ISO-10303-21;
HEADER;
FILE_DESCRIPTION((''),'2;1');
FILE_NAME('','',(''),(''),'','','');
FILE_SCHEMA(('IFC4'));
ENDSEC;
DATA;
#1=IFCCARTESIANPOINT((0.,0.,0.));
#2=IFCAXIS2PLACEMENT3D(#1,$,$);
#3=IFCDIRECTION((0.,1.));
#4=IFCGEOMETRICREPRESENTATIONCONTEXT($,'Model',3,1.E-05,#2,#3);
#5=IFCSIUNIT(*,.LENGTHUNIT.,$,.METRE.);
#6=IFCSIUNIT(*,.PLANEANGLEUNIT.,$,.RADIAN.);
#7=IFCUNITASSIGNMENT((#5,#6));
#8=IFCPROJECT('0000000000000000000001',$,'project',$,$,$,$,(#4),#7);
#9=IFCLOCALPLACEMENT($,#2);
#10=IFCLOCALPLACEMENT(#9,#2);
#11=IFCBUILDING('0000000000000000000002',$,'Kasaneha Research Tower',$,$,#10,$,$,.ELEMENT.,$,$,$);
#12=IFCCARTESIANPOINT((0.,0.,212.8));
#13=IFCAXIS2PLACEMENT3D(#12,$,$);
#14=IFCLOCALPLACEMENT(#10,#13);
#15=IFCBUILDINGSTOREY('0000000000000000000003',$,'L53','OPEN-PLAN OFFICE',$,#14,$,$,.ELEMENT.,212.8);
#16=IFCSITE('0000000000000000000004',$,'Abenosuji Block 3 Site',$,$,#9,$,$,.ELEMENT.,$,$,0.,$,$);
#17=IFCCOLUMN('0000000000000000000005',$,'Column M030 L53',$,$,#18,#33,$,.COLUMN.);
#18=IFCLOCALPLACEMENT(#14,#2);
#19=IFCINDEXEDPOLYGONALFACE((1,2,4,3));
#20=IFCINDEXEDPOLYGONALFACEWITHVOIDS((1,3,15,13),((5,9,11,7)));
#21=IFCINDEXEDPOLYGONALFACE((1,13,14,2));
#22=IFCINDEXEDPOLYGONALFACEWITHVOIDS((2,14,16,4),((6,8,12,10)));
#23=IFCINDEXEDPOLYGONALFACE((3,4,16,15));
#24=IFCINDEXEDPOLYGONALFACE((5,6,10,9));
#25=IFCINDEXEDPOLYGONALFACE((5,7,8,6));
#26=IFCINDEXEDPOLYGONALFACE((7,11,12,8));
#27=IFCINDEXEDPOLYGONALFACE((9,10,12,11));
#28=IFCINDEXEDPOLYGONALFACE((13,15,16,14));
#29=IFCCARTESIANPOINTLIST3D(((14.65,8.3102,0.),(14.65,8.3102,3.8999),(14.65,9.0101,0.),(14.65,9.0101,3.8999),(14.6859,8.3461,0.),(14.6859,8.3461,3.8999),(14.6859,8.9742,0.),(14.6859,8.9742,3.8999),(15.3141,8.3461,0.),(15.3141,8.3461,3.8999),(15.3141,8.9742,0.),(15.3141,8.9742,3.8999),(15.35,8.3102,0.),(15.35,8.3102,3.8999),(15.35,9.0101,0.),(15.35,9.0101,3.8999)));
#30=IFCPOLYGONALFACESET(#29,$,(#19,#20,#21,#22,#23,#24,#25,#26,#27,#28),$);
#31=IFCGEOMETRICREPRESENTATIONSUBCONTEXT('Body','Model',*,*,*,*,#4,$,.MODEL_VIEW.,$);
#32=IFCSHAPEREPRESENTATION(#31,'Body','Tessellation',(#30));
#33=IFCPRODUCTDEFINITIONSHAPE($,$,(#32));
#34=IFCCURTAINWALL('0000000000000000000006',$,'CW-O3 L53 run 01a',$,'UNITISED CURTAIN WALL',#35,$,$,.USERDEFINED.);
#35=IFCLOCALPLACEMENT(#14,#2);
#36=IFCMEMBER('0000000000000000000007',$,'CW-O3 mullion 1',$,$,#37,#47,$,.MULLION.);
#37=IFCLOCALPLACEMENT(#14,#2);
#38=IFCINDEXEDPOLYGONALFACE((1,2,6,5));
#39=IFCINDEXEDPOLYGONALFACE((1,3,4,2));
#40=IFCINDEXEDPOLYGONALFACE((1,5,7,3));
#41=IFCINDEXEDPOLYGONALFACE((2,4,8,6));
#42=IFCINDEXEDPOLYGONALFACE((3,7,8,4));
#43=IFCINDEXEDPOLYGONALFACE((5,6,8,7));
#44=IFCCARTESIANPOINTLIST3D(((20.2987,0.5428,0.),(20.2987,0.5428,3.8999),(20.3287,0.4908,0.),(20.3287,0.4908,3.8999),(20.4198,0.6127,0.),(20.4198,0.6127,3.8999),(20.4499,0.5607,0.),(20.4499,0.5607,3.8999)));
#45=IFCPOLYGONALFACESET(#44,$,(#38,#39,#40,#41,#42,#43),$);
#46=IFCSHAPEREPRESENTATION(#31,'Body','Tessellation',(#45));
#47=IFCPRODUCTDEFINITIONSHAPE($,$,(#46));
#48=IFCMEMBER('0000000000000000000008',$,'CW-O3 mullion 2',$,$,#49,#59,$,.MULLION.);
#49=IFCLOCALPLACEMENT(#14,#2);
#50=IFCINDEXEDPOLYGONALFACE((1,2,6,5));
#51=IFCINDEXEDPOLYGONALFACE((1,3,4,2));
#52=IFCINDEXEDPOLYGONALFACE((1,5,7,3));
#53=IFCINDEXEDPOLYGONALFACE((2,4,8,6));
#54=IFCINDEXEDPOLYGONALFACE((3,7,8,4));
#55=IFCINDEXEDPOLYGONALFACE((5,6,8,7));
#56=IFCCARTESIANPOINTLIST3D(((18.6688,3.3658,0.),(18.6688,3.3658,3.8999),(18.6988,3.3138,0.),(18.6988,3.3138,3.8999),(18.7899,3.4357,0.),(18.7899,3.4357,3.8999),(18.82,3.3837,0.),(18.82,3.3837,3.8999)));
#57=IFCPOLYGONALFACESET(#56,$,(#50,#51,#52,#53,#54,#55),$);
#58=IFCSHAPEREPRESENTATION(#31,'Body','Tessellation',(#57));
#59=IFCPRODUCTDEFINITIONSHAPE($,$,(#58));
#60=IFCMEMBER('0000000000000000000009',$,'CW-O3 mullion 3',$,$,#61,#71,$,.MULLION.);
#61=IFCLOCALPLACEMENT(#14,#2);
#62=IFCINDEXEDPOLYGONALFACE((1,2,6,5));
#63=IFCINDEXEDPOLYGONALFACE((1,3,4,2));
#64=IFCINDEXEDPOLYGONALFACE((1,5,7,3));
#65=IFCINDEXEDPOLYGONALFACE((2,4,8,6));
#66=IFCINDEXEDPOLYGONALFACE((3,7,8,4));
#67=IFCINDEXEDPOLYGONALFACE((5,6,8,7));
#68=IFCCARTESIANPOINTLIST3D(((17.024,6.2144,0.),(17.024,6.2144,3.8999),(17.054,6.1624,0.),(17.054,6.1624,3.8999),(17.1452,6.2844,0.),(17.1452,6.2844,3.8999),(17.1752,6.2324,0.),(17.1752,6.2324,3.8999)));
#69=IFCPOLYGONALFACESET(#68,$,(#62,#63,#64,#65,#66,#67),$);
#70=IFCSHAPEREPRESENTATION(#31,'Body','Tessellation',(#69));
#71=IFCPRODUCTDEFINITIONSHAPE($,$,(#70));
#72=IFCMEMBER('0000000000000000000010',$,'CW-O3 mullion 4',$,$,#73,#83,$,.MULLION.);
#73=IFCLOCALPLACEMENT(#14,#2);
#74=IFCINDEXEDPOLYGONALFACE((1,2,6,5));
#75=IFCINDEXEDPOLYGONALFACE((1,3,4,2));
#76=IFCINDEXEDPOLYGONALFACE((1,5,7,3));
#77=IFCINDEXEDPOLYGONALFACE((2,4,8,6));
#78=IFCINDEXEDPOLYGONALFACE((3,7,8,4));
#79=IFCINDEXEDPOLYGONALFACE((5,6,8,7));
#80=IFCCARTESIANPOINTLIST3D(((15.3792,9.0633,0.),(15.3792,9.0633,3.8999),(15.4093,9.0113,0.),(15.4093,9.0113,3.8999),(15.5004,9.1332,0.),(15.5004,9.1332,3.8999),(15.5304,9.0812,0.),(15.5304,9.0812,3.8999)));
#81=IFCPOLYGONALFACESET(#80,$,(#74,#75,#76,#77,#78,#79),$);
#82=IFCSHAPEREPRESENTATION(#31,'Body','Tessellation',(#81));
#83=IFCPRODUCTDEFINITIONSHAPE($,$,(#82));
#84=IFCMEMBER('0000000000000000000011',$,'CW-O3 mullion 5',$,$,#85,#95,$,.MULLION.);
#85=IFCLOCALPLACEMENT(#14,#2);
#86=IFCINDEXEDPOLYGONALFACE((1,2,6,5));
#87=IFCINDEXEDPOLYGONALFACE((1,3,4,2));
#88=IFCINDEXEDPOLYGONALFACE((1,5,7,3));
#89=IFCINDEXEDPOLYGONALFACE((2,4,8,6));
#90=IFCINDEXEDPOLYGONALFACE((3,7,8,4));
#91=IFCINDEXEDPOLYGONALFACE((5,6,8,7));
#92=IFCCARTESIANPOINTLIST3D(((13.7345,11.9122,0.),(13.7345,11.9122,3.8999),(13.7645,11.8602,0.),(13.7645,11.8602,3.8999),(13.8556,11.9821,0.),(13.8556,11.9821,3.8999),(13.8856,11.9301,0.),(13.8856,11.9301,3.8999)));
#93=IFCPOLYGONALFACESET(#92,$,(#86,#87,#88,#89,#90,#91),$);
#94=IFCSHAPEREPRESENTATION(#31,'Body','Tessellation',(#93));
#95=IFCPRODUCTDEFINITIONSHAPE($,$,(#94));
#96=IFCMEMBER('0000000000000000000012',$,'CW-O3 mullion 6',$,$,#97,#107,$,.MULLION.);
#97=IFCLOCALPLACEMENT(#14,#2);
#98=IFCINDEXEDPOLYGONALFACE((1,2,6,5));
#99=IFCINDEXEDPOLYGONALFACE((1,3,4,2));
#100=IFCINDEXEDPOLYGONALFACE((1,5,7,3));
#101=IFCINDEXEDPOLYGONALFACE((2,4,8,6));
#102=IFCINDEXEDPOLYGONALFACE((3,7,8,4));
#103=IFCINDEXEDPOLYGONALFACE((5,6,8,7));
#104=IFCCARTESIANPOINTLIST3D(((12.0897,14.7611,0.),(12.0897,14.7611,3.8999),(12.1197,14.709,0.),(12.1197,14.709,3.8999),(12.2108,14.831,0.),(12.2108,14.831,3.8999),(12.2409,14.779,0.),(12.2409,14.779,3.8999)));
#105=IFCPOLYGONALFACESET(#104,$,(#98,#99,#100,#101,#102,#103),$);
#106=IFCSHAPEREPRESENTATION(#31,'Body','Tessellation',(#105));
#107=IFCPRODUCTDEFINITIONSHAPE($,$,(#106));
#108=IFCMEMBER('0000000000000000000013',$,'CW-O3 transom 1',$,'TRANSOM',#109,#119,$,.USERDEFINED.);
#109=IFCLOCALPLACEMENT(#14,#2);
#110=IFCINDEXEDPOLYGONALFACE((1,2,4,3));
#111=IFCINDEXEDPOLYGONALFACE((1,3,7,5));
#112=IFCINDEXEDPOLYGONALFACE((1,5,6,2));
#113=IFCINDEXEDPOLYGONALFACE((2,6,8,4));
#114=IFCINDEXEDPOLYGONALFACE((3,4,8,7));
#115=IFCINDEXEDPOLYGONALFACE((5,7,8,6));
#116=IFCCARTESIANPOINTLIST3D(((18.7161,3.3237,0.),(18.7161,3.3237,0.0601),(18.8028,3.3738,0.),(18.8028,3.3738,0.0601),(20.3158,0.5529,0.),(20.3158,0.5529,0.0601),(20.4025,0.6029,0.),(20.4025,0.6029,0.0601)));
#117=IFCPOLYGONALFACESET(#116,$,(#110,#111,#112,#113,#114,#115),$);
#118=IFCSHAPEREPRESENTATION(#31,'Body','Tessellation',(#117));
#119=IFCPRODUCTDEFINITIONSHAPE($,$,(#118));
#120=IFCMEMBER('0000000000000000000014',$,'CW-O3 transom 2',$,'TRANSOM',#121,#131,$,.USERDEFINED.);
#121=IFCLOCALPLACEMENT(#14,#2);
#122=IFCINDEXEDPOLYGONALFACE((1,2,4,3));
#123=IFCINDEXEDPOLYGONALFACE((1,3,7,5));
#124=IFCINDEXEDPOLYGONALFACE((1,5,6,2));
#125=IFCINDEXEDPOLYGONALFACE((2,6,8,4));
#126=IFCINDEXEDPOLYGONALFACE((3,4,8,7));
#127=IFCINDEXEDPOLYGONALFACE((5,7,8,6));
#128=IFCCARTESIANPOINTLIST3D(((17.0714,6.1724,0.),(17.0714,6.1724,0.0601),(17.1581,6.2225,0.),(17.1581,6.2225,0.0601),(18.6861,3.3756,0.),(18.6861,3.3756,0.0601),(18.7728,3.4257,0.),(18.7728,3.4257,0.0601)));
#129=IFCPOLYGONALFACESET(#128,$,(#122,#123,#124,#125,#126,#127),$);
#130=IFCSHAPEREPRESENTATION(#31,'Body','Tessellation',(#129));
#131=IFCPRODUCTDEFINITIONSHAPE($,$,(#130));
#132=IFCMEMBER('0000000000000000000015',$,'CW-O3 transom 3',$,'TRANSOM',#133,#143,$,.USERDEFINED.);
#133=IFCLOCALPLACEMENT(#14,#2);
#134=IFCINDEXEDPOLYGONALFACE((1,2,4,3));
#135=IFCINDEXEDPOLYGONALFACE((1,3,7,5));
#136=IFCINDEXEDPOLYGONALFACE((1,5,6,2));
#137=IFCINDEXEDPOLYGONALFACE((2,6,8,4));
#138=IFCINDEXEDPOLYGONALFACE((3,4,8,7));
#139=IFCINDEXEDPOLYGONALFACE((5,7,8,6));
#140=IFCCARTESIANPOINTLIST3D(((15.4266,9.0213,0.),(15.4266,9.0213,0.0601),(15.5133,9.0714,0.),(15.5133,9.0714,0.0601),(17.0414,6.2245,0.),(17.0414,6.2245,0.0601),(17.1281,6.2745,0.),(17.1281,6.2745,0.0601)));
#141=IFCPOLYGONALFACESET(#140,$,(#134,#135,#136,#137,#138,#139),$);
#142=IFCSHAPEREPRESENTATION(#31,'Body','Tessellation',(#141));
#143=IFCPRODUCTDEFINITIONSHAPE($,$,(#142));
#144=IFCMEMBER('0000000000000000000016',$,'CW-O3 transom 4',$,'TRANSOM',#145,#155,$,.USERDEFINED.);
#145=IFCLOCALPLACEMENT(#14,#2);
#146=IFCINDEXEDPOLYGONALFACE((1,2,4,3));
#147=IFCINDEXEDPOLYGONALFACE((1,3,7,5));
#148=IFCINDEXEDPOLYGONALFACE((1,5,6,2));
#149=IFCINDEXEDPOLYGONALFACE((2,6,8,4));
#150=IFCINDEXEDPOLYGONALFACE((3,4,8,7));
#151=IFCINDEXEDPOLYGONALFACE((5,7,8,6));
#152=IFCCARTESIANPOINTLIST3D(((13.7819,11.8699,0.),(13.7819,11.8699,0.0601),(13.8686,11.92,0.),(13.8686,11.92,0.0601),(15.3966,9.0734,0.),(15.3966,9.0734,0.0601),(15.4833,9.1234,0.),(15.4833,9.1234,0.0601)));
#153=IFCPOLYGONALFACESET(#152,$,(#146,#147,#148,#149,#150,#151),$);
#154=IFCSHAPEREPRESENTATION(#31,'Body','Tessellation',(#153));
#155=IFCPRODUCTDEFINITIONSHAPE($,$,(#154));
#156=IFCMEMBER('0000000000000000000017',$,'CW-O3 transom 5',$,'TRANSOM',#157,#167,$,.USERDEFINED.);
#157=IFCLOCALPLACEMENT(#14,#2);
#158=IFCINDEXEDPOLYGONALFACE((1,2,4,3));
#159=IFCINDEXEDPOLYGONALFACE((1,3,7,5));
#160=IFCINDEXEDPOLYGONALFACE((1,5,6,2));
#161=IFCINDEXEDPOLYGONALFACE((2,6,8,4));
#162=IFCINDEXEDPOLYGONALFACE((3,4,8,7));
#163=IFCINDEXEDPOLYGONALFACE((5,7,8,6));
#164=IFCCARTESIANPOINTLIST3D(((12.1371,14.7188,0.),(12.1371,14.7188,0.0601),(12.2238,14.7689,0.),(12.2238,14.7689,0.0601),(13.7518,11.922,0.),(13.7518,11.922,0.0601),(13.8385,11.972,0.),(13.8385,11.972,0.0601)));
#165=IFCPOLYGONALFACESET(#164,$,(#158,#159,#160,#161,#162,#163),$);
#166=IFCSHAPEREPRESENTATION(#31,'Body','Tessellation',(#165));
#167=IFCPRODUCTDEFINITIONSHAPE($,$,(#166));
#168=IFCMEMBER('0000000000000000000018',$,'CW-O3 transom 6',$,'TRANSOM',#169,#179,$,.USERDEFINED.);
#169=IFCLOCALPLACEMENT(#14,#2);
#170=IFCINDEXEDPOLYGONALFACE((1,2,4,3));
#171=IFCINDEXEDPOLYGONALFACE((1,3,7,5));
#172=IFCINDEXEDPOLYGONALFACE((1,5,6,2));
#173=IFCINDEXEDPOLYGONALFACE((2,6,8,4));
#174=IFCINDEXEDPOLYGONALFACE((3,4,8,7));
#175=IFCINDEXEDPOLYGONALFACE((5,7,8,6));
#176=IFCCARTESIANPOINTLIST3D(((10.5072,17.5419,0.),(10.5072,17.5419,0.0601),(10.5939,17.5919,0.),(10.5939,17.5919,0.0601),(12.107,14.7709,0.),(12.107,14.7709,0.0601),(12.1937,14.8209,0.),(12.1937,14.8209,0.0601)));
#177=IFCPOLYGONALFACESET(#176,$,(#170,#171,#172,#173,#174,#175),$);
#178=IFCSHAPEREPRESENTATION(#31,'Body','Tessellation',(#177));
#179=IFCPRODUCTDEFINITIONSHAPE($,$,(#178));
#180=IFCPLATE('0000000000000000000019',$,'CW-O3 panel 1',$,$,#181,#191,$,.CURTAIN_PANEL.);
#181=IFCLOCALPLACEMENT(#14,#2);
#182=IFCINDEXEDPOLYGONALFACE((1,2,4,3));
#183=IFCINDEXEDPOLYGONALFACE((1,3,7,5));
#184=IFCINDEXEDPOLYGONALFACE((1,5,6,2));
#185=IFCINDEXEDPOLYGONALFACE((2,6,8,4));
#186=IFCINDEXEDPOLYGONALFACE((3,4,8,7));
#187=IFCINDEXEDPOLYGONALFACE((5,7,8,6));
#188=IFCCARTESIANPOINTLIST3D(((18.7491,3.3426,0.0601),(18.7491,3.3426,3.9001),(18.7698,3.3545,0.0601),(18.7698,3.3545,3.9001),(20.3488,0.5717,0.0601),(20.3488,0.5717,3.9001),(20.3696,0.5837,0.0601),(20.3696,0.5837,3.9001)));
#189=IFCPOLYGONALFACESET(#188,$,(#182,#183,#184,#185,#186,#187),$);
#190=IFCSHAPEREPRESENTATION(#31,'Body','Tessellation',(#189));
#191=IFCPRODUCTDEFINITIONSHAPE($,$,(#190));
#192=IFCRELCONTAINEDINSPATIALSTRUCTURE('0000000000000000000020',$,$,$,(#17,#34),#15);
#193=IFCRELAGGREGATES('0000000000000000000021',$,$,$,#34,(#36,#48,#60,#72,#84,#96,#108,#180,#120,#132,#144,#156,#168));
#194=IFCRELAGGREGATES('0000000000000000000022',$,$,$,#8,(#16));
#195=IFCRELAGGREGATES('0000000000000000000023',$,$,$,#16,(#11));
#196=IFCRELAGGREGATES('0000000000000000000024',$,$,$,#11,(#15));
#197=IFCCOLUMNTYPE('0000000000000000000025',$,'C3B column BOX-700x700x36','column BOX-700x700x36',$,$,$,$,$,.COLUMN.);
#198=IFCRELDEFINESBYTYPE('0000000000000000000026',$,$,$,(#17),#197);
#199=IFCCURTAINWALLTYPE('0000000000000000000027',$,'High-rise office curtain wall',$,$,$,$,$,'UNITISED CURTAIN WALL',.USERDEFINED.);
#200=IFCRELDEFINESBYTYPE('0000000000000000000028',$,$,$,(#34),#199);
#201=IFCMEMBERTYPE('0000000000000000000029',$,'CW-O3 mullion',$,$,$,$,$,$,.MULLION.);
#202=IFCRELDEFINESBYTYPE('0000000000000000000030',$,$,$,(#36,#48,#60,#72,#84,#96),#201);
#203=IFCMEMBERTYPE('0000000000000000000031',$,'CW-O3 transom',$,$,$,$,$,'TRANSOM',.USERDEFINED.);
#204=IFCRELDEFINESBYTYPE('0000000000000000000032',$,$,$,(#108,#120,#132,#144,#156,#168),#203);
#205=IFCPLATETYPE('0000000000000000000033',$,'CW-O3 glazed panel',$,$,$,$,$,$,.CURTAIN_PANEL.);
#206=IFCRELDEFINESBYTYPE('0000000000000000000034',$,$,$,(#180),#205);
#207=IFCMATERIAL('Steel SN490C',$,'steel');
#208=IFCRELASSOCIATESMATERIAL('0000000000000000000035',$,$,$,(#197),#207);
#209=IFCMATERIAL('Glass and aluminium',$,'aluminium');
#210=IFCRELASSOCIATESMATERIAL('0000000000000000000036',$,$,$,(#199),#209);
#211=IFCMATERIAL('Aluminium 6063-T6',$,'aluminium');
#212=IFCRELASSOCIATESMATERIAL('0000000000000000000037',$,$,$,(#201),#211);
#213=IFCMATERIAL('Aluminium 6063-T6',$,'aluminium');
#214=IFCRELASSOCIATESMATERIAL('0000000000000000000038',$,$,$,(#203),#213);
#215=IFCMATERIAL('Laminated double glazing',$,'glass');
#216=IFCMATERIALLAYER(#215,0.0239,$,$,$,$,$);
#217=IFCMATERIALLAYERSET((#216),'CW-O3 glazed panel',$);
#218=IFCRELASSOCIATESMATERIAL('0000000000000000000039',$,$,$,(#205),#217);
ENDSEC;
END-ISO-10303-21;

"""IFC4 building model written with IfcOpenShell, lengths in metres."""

from ifc_helpers import new_model, si_unit, direction, frame, origin, origin_2d, place, context, subcontext, project, spatial, rectangle, hollow_rectangle, extrude, material, layer, layer_set, material_profile, profile_set, type_object, element, aggregate, save


model = new_model("IFC4")

# Units and contexts
model_context = context("Model", 3, precision=1e-05, world=origin(), true_north=direction((0.0, 1.0)))
body_context = subcontext(model_context, "Body", "Model", "MODEL_VIEW")
ifc_project = project(units=[si_unit("LENGTHUNIT", "METRE"), si_unit("PLANEANGLEUNIT", "RADIAN")], contexts=[model_context])

# Site, building, storey
site_placement = place(None, origin())
site = spatial("IfcSite", under=ifc_project, at=site_placement, Name="Abenosuji Block 3 Site", CompositionType="ELEMENT", RefElevation=0.0)
building_placement = place(site_placement, origin())
building = spatial("IfcBuilding", under=site, at=building_placement, Name="Kasaneha Research Tower", CompositionType="ELEMENT")
storey_placement = place(building_placement, frame((0.0, 0.0, 212.8)))
storey = spatial("IfcBuildingStorey", under=building, at=storey_placement, Name="L53", Description="OPEN-PLAN OFFICE", CompositionType="ELEMENT", Elevation=212.8)

# Column
ifc_material_1 = material(Name="Steel SN490C", Category="steel")
ifc_material_profile_1 = material_profile(ifc_material_1, hollow_rectangle(XDim=0.7, YDim=0.7, WallThickness=0.0359, at=origin_2d()), Name="BOX-700x700x36")
ifc_profile_set_1 = profile_set([ifc_material_profile_1], Name="Steel SN490C")
column_type = type_object("IfcColumnType", Name="C3B column BOX-700x700x36", Description="column BOX-700x700x36", PredefinedType="COLUMN", material=ifc_profile_set_1)
column_placement = place(storey_placement, frame((15.0, 8.6602, 0.0), z_axis=(0.0, 0.0, 1.0), x_axis=(1.0, 0.0, 0.0)))
element("IfcColumn", 1, at=column_placement, inside=storey, type_object=column_type, Name="Column M030 L53", PredefinedType="COLUMN", context=body_context, shape_type="SweptSolid", body=[
    extrude(hollow_rectangle(XDim=0.7, YDim=0.7, WallThickness=0.0359, at=origin_2d()), origin(), (0.0, 0.0, 1.0), 3.8999),
])

# Curtain wall, members, plate
ifc_material_2 = material(Name="Glass and aluminium", Category="aluminium")
curtain_wall_type = type_object("IfcCurtainWallType", Name="High-rise office curtain wall", ElementType="UNITISED CURTAIN WALL", PredefinedType="USERDEFINED", material=ifc_material_2)
curtain_wall_placement = place(storey_placement, origin())
curtain_wall = element("IfcCurtainWall", 2, at=curtain_wall_placement, inside=storey, type_object=curtain_wall_type, Name="CW-O3 L53 run 01a", ObjectType="UNITISED CURTAIN WALL", PredefinedType="USERDEFINED")
ifc_material_3 = material(Name="Aluminium 6063-T6", Category="aluminium")
ifc_material_profile_2 = material_profile(ifc_material_3, rectangle(XDim=0.0601, YDim=0.1399, at=origin_2d()), Name="CW-O3 mullion 60x140")
ifc_profile_set_2 = profile_set([ifc_material_profile_2], Name="Aluminium 6063-T6")
member_type_1 = type_object("IfcMemberType", Name="CW-O3 mullion", PredefinedType="MULLION", material=ifc_profile_set_2)
member_1_placement = place(storey_placement, frame((20.3743, 0.5518, 0.0), z_axis=(0.0, 0.0, 1.0), x_axis=(-0.5, 0.866025, 0.0)))
member_1 = element("IfcMember", 3, at=member_1_placement, type_object=member_type_1, Name="CW-O3 mullion 1", PredefinedType="MULLION", context=body_context, shape_type="SweptSolid", body=[
    extrude(rectangle(XDim=0.0601, YDim=0.1399, at=origin_2d()), origin(), (0.0, 0.0, 1.0), 3.8999),
])
member_2_placement = place(storey_placement, frame((18.7444, 3.3748, 0.0), z_axis=(0.0, 0.0, 1.0), x_axis=(-0.5, 0.866025, 0.0)))
member_2 = element("IfcMember", 4, at=member_2_placement, type_object=member_type_1, Name="CW-O3 mullion 2", PredefinedType="MULLION", context=body_context, shape_type="SweptSolid", body=[
    extrude(rectangle(XDim=0.0601, YDim=0.1399, at=origin_2d()), origin(), (0.0, 0.0, 1.0), 3.8999),
])
member_3_placement = place(storey_placement, frame((17.0996, 6.2234, 0.0), z_axis=(0.0, 0.0, 1.0), x_axis=(-0.5, 0.866025, 0.0)))
member_3 = element("IfcMember", 5, at=member_3_placement, type_object=member_type_1, Name="CW-O3 mullion 3", PredefinedType="MULLION", context=body_context, shape_type="SweptSolid", body=[
    extrude(rectangle(XDim=0.0601, YDim=0.1399, at=origin_2d()), origin(), (0.0, 0.0, 1.0), 3.8999),
])
member_4_placement = place(storey_placement, frame((15.4548, 9.0723, 0.0), z_axis=(0.0, 0.0, 1.0), x_axis=(-0.5, 0.866025, 0.0)))
member_4 = element("IfcMember", 6, at=member_4_placement, type_object=member_type_1, Name="CW-O3 mullion 4", PredefinedType="MULLION", context=body_context, shape_type="SweptSolid", body=[
    extrude(rectangle(XDim=0.0601, YDim=0.1399, at=origin_2d()), origin(), (0.0, 0.0, 1.0), 3.8999),
])
member_5_placement = place(storey_placement, frame((13.8101, 11.9211, 0.0), z_axis=(0.0, 0.0, 1.0), x_axis=(-0.5, 0.866025, 0.0)))
member_5 = element("IfcMember", 7, at=member_5_placement, type_object=member_type_1, Name="CW-O3 mullion 5", PredefinedType="MULLION", context=body_context, shape_type="SweptSolid", body=[
    extrude(rectangle(XDim=0.0601, YDim=0.1399, at=origin_2d()), origin(), (0.0, 0.0, 1.0), 3.8999),
])
member_6_placement = place(storey_placement, frame((12.1653, 14.77, 0.0), z_axis=(0.0, 0.0, 1.0), x_axis=(-0.5, 0.866025, 0.0)))
member_6 = element("IfcMember", 8, at=member_6_placement, type_object=member_type_1, Name="CW-O3 mullion 6", PredefinedType="MULLION", context=body_context, shape_type="SweptSolid", body=[
    extrude(rectangle(XDim=0.0601, YDim=0.1399, at=origin_2d()), origin(), (0.0, 0.0, 1.0), 3.8999),
])
ifc_material_4 = material(Name="Aluminium 6063-T6", Category="aluminium")
ifc_material_profile_3 = material_profile(ifc_material_4, rectangle(XDim=0.1001, YDim=0.0601, at=origin_2d()), Name="CW-O3 transom 100x60")
ifc_profile_set_3 = profile_set([ifc_material_profile_3], Name="Aluminium 6063-T6")
member_type_2 = type_object("IfcMemberType", Name="CW-O3 transom", ElementType="TRANSOM", PredefinedType="USERDEFINED", material=ifc_profile_set_3)
member_7_placement = place(storey_placement, frame((20.3591, 0.5779, 0.03), z_axis=(-0.49998, 0.866037, 0.0), x_axis=(-0.866037, -0.49998, 0.0)))
member_7 = element("IfcMember", 9, at=member_7_placement, type_object=member_type_2, Name="CW-O3 transom 1", ObjectType="TRANSOM", PredefinedType="USERDEFINED", context=body_context, shape_type="SweptSolid", body=[
    extrude(rectangle(XDim=0.1001, YDim=0.0601, at=origin_2d()), origin(), (0.0, 0.0, 1.0), 3.1995),
])
member_8_placement = place(storey_placement, frame((18.7295, 3.4006, 0.03), z_axis=(-0.499993, 0.866029, 0.0), x_axis=(-0.866029, -0.499993, 0.0)))
member_8 = element("IfcMember", 10, at=member_8_placement, type_object=member_type_2, Name="CW-O3 transom 2", ObjectType="TRANSOM", PredefinedType="USERDEFINED", context=body_context, shape_type="SweptSolid", body=[
    extrude(rectangle(XDim=0.1001, YDim=0.0601, at=origin_2d()), origin(), (0.0, 0.0, 1.0), 3.2295),
])
member_9_placement = place(storey_placement, frame((17.0847, 6.2495, 0.03), z_axis=(-0.499993, 0.866029, 0.0), x_axis=(-0.866029, -0.499993, 0.0)))
member_9 = element("IfcMember", 11, at=member_9_placement, type_object=member_type_2, Name="CW-O3 transom 3", ObjectType="TRANSOM", PredefinedType="USERDEFINED", context=body_context, shape_type="SweptSolid", body=[
    extrude(rectangle(XDim=0.1001, YDim=0.0601, at=origin_2d()), origin(), (0.0, 0.0, 1.0), 3.2295),
])
member_10_placement = place(storey_placement, frame((15.4399, 9.0984, 0.03), z_axis=(-0.500026, 0.866011, 0.0), x_axis=(-0.866011, -0.500026, 0.0)))
member_10 = element("IfcMember", 12, at=member_10_placement, type_object=member_type_2, Name="CW-O3 transom 4", ObjectType="TRANSOM", PredefinedType="USERDEFINED", context=body_context, shape_type="SweptSolid", body=[
    extrude(rectangle(XDim=0.1001, YDim=0.0601, at=origin_2d()), origin(), (0.0, 0.0, 1.0), 3.2292),
])
member_11_placement = place(storey_placement, frame((13.7952, 11.947, 0.03), z_axis=(-0.499993, 0.866029, 0.0), x_axis=(-0.866029, -0.499993, 0.0)))
member_11 = element("IfcMember", 13, at=member_11_placement, type_object=member_type_2, Name="CW-O3 transom 5", ObjectType="TRANSOM", PredefinedType="USERDEFINED", context=body_context, shape_type="SweptSolid", body=[
    extrude(rectangle(XDim=0.1001, YDim=0.0601, at=origin_2d()), origin(), (0.0, 0.0, 1.0), 3.2295),
])
member_12_placement = place(storey_placement, frame((12.1504, 14.7959, 0.03), z_axis=(-0.500004, 0.866023, 0.0), x_axis=(-0.866023, -0.500004, 0.0)))
member_12 = element("IfcMember", 14, at=member_12_placement, type_object=member_type_2, Name="CW-O3 transom 6", ObjectType="TRANSOM", PredefinedType="USERDEFINED", context=body_context, shape_type="SweptSolid", body=[
    extrude(rectangle(XDim=0.1001, YDim=0.0601, at=origin_2d()), origin(), (0.0, 0.0, 1.0), 3.1997),
])
ifc_material_5 = material(Name="Laminated double glazing", Category="glass")
ifc_layer_1 = layer(ifc_material_5, 0.0239)
ifc_layer_set_1 = layer_set([ifc_layer_1], Name="CW-O3 glazed panel")
plate_type = type_object("IfcPlateType", Name="CW-O3 glazed panel", PredefinedType="CURTAIN_PANEL", material=ifc_layer_set_1)
plate_1_placement = place(storey_placement, frame((19.5593, 1.9631, 0.0601), z_axis=(0.0, 0.0, 1.0), x_axis=(-0.5, 0.866025, 0.0)))
plate_1 = element("IfcPlate", 15, at=plate_1_placement, type_object=plate_type, Name="CW-O3 panel 1", PredefinedType="CURTAIN_PANEL", context=body_context, shape_type="SweptSolid", body=[
    extrude(rectangle(XDim=3.1995, YDim=0.0239, at=origin_2d()), origin(), (0.0, 0.0, 1.0), 3.8401),
])
aggregate(curtain_wall, [member_1, member_2, member_3, member_4, member_5, member_6, member_7, plate_1, member_8, member_9, member_10, member_11, member_12])

save(model, "model.ifc")
